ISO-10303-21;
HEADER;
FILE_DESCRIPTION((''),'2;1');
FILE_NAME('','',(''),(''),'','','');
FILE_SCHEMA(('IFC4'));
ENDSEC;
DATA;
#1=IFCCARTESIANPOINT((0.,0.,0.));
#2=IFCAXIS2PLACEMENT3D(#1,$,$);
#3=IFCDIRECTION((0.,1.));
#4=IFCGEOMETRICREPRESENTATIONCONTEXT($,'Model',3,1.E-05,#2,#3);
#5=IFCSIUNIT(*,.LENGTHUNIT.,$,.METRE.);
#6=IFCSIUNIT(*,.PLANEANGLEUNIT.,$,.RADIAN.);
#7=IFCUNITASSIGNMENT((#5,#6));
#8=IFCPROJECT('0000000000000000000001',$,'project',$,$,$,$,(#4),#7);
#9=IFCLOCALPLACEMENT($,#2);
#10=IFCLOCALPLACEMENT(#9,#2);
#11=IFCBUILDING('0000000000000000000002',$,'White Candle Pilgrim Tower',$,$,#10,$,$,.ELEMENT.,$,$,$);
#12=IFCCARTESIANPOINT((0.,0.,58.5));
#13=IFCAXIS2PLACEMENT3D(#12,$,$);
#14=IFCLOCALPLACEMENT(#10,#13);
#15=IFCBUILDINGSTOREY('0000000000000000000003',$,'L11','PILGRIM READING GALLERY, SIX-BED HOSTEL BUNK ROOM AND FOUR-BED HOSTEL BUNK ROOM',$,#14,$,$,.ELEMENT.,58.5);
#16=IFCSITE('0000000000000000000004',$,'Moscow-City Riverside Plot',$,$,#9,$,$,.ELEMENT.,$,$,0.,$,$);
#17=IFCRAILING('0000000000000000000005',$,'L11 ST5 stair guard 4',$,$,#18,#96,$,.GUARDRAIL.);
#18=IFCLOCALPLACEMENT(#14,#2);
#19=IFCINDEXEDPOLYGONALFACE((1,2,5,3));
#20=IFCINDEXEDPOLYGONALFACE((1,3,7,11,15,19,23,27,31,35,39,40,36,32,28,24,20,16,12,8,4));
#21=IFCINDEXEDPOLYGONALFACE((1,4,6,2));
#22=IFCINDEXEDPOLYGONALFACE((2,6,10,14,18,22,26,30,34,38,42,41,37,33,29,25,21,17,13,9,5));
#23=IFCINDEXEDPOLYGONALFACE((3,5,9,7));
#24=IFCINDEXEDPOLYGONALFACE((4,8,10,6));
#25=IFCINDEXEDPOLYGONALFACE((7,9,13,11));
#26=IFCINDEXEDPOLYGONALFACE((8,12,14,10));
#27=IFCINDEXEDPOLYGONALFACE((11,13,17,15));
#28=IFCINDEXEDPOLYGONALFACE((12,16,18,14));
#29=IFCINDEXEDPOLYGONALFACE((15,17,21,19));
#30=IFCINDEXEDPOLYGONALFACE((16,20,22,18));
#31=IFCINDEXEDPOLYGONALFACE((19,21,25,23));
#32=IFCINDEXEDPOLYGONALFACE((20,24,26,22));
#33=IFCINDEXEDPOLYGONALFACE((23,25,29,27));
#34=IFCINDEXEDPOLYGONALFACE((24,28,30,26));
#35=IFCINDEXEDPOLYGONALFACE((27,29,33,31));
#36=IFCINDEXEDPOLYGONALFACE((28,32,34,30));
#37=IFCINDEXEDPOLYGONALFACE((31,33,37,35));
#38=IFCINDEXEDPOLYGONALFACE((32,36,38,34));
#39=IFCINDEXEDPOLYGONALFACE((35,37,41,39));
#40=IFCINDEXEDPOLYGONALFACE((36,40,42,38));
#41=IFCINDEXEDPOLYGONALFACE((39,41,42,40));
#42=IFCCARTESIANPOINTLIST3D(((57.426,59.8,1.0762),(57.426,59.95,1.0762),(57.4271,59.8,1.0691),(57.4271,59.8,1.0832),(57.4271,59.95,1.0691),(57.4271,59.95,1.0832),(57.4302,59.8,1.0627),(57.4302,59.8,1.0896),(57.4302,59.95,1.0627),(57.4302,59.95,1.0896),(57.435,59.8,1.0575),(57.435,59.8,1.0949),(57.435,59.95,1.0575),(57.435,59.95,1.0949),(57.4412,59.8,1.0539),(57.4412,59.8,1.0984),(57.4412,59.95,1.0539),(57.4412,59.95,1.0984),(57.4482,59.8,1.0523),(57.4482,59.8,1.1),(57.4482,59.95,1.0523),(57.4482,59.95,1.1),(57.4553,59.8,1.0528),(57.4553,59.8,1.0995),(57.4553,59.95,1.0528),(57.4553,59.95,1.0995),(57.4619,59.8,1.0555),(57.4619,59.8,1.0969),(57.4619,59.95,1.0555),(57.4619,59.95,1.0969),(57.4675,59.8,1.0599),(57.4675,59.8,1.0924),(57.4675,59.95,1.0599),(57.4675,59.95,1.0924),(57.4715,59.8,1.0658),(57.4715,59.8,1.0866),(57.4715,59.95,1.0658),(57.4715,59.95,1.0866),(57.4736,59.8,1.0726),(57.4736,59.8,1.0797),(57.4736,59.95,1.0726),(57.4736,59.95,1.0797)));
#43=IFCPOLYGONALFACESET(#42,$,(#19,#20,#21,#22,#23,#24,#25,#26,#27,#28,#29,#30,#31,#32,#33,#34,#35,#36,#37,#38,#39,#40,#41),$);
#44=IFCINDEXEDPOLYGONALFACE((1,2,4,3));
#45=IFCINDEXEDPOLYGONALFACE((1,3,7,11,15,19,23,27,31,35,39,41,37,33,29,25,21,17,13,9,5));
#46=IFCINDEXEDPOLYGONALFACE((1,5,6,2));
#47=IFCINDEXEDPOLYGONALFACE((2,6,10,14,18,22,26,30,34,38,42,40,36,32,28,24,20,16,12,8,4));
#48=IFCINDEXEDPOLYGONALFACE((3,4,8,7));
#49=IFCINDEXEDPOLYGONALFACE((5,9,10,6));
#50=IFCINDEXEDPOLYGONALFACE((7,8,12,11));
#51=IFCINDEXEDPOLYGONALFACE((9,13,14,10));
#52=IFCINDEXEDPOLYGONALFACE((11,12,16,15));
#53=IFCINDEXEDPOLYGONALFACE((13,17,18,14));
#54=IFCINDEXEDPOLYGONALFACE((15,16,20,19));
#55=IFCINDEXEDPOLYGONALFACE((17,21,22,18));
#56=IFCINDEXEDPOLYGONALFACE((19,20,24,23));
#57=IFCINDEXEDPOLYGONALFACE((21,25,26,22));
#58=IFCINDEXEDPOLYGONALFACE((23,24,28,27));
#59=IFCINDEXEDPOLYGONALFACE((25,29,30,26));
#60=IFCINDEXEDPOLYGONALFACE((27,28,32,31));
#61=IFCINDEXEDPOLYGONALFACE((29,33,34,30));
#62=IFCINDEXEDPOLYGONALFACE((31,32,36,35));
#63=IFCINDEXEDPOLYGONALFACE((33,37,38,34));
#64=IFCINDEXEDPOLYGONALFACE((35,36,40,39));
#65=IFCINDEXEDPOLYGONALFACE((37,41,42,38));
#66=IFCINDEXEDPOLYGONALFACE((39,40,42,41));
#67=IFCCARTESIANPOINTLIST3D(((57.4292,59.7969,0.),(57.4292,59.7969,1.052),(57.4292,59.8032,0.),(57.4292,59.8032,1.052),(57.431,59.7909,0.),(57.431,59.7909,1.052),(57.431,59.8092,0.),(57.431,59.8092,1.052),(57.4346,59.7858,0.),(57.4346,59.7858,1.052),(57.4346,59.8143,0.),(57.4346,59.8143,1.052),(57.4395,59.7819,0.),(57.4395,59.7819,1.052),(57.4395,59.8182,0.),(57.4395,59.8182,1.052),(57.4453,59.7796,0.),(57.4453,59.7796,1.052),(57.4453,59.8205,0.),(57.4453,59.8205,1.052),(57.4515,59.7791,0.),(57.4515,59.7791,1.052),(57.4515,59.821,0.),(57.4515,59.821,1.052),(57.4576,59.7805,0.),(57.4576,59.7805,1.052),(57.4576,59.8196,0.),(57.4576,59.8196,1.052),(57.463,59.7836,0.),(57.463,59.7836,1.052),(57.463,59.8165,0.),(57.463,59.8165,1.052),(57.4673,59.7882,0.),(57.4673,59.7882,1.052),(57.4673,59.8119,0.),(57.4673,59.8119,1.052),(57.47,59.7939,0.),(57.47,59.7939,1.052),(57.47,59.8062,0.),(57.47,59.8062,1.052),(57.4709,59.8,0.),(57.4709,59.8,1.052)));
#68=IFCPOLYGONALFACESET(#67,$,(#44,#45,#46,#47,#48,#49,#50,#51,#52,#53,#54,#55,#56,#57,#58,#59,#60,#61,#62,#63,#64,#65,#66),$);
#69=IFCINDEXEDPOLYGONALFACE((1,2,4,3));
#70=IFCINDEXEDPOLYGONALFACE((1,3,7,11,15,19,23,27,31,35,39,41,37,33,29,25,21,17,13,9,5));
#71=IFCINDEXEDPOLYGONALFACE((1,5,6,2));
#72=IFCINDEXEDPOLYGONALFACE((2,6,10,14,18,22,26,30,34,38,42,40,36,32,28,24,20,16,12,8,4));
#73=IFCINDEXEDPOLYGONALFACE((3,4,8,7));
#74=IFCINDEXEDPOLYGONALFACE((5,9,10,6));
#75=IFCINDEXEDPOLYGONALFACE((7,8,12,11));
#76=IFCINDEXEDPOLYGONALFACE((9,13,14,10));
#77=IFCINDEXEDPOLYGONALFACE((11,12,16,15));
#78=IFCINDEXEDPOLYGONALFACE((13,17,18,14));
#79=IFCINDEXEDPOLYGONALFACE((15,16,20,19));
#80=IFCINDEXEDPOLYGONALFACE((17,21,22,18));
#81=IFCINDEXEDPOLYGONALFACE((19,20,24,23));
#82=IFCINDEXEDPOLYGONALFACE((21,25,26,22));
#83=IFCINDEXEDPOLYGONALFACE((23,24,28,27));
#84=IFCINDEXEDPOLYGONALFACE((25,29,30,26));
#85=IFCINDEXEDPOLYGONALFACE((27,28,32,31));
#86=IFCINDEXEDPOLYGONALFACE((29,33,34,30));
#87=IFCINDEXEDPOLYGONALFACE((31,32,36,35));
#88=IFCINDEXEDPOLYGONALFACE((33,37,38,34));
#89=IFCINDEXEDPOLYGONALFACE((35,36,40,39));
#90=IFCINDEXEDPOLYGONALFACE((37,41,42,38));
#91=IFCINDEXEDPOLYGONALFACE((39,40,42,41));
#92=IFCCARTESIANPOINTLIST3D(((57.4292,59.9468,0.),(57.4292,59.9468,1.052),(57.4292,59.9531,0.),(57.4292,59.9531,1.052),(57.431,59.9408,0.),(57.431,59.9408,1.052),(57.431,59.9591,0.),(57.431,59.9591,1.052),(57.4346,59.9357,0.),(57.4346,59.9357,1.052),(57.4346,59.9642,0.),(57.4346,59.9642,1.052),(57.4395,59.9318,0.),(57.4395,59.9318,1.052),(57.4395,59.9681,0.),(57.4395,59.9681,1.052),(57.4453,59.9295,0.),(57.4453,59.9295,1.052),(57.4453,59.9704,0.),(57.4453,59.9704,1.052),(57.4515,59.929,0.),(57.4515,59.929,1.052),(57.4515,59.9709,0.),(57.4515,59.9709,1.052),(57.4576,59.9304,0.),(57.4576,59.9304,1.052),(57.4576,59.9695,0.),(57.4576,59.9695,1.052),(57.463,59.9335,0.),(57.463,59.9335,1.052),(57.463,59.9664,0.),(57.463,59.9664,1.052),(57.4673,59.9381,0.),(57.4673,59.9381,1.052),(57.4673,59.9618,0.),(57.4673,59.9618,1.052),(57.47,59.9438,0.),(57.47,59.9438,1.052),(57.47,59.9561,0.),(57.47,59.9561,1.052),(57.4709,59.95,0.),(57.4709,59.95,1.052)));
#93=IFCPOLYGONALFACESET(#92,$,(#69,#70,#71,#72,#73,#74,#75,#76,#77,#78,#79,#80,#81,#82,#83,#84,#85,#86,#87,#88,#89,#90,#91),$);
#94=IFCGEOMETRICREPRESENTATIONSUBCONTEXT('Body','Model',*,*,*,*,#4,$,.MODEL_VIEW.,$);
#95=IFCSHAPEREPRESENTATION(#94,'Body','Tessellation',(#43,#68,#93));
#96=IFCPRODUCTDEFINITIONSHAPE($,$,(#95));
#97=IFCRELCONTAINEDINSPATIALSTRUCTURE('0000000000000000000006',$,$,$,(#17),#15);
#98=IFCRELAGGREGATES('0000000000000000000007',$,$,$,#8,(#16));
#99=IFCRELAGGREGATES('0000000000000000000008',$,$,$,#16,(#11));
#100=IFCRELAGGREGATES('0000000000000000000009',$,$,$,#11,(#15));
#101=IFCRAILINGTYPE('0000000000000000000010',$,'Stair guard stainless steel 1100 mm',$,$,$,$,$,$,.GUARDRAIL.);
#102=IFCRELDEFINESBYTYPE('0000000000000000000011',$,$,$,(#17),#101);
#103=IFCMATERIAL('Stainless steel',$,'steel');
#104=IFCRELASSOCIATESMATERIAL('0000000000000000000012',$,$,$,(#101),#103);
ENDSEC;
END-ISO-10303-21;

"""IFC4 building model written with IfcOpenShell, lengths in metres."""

from ifc_helpers import new_model, si_unit, direction, frame, origin, origin_2d, place, context, subcontext, project, spatial, circle, extrude, material, type_object, element, save


model = new_model("IFC4")

# Units and contexts
model_context = context("Model", 3, precision=1e-05, world=origin(), true_north=direction((0.0, 1.0)))
body_context = subcontext(model_context, "Body", "Model", "MODEL_VIEW")
ifc_project = project(units=[si_unit("LENGTHUNIT", "METRE"), si_unit("PLANEANGLEUNIT", "RADIAN")], contexts=[model_context])

# Site, building, storey
site_placement = place(None, origin())
site = spatial("IfcSite", under=ifc_project, at=site_placement, Name="Moscow-City Riverside Plot", CompositionType="ELEMENT", RefElevation=0.0)
building_placement = place(site_placement, origin())
building = spatial("IfcBuilding", under=site, at=building_placement, Name="White Candle Pilgrim Tower", CompositionType="ELEMENT")
storey_placement = place(building_placement, frame((0.0, 0.0, 58.5)))
storey = spatial("IfcBuildingStorey", under=building, at=storey_placement, Name="L11", Description="PILGRIM READING GALLERY, SIX-BED HOSTEL BUNK ROOM AND FOUR-BED HOSTEL BUNK ROOM", CompositionType="ELEMENT", Elevation=58.5)

# Railing
ifc_material_1 = material(Name="Stainless steel", Category="steel")
railing_type_1 = type_object("IfcRailingType", Name="Stair guard stainless steel 1100 mm", PredefinedType="GUARDRAIL", material=ifc_material_1)
railing_1_placement = place(storey_placement, frame((57.45, 59.8, 0.0)))
element("IfcRailing", 1, at=railing_1_placement, inside=storey, type_object=railing_type_1, Name="L11 ST5 stair guard 4", PredefinedType="GUARDRAIL", context=body_context, shape_type="SweptSolid", body=[
    extrude(circle(Radius=0.0239, at=origin_2d()), frame((0.0, 0.0, 1.0762), z_axis=(0.0, 1.0, 0.0), x_axis=(-1.0, 0.0, 0.0)), (0.0, 0.0, 1.0), 0.1499),
    extrude(circle(Radius=0.021, at=origin_2d()), origin(), (0.0, 0.0, 1.0), 1.052),
    extrude(circle(Radius=0.021, at=origin_2d()), frame((0.0, 0.1499, 0.0)), (0.0, 0.0, 1.0), 1.052),
])

save(model, "model.ifc")
